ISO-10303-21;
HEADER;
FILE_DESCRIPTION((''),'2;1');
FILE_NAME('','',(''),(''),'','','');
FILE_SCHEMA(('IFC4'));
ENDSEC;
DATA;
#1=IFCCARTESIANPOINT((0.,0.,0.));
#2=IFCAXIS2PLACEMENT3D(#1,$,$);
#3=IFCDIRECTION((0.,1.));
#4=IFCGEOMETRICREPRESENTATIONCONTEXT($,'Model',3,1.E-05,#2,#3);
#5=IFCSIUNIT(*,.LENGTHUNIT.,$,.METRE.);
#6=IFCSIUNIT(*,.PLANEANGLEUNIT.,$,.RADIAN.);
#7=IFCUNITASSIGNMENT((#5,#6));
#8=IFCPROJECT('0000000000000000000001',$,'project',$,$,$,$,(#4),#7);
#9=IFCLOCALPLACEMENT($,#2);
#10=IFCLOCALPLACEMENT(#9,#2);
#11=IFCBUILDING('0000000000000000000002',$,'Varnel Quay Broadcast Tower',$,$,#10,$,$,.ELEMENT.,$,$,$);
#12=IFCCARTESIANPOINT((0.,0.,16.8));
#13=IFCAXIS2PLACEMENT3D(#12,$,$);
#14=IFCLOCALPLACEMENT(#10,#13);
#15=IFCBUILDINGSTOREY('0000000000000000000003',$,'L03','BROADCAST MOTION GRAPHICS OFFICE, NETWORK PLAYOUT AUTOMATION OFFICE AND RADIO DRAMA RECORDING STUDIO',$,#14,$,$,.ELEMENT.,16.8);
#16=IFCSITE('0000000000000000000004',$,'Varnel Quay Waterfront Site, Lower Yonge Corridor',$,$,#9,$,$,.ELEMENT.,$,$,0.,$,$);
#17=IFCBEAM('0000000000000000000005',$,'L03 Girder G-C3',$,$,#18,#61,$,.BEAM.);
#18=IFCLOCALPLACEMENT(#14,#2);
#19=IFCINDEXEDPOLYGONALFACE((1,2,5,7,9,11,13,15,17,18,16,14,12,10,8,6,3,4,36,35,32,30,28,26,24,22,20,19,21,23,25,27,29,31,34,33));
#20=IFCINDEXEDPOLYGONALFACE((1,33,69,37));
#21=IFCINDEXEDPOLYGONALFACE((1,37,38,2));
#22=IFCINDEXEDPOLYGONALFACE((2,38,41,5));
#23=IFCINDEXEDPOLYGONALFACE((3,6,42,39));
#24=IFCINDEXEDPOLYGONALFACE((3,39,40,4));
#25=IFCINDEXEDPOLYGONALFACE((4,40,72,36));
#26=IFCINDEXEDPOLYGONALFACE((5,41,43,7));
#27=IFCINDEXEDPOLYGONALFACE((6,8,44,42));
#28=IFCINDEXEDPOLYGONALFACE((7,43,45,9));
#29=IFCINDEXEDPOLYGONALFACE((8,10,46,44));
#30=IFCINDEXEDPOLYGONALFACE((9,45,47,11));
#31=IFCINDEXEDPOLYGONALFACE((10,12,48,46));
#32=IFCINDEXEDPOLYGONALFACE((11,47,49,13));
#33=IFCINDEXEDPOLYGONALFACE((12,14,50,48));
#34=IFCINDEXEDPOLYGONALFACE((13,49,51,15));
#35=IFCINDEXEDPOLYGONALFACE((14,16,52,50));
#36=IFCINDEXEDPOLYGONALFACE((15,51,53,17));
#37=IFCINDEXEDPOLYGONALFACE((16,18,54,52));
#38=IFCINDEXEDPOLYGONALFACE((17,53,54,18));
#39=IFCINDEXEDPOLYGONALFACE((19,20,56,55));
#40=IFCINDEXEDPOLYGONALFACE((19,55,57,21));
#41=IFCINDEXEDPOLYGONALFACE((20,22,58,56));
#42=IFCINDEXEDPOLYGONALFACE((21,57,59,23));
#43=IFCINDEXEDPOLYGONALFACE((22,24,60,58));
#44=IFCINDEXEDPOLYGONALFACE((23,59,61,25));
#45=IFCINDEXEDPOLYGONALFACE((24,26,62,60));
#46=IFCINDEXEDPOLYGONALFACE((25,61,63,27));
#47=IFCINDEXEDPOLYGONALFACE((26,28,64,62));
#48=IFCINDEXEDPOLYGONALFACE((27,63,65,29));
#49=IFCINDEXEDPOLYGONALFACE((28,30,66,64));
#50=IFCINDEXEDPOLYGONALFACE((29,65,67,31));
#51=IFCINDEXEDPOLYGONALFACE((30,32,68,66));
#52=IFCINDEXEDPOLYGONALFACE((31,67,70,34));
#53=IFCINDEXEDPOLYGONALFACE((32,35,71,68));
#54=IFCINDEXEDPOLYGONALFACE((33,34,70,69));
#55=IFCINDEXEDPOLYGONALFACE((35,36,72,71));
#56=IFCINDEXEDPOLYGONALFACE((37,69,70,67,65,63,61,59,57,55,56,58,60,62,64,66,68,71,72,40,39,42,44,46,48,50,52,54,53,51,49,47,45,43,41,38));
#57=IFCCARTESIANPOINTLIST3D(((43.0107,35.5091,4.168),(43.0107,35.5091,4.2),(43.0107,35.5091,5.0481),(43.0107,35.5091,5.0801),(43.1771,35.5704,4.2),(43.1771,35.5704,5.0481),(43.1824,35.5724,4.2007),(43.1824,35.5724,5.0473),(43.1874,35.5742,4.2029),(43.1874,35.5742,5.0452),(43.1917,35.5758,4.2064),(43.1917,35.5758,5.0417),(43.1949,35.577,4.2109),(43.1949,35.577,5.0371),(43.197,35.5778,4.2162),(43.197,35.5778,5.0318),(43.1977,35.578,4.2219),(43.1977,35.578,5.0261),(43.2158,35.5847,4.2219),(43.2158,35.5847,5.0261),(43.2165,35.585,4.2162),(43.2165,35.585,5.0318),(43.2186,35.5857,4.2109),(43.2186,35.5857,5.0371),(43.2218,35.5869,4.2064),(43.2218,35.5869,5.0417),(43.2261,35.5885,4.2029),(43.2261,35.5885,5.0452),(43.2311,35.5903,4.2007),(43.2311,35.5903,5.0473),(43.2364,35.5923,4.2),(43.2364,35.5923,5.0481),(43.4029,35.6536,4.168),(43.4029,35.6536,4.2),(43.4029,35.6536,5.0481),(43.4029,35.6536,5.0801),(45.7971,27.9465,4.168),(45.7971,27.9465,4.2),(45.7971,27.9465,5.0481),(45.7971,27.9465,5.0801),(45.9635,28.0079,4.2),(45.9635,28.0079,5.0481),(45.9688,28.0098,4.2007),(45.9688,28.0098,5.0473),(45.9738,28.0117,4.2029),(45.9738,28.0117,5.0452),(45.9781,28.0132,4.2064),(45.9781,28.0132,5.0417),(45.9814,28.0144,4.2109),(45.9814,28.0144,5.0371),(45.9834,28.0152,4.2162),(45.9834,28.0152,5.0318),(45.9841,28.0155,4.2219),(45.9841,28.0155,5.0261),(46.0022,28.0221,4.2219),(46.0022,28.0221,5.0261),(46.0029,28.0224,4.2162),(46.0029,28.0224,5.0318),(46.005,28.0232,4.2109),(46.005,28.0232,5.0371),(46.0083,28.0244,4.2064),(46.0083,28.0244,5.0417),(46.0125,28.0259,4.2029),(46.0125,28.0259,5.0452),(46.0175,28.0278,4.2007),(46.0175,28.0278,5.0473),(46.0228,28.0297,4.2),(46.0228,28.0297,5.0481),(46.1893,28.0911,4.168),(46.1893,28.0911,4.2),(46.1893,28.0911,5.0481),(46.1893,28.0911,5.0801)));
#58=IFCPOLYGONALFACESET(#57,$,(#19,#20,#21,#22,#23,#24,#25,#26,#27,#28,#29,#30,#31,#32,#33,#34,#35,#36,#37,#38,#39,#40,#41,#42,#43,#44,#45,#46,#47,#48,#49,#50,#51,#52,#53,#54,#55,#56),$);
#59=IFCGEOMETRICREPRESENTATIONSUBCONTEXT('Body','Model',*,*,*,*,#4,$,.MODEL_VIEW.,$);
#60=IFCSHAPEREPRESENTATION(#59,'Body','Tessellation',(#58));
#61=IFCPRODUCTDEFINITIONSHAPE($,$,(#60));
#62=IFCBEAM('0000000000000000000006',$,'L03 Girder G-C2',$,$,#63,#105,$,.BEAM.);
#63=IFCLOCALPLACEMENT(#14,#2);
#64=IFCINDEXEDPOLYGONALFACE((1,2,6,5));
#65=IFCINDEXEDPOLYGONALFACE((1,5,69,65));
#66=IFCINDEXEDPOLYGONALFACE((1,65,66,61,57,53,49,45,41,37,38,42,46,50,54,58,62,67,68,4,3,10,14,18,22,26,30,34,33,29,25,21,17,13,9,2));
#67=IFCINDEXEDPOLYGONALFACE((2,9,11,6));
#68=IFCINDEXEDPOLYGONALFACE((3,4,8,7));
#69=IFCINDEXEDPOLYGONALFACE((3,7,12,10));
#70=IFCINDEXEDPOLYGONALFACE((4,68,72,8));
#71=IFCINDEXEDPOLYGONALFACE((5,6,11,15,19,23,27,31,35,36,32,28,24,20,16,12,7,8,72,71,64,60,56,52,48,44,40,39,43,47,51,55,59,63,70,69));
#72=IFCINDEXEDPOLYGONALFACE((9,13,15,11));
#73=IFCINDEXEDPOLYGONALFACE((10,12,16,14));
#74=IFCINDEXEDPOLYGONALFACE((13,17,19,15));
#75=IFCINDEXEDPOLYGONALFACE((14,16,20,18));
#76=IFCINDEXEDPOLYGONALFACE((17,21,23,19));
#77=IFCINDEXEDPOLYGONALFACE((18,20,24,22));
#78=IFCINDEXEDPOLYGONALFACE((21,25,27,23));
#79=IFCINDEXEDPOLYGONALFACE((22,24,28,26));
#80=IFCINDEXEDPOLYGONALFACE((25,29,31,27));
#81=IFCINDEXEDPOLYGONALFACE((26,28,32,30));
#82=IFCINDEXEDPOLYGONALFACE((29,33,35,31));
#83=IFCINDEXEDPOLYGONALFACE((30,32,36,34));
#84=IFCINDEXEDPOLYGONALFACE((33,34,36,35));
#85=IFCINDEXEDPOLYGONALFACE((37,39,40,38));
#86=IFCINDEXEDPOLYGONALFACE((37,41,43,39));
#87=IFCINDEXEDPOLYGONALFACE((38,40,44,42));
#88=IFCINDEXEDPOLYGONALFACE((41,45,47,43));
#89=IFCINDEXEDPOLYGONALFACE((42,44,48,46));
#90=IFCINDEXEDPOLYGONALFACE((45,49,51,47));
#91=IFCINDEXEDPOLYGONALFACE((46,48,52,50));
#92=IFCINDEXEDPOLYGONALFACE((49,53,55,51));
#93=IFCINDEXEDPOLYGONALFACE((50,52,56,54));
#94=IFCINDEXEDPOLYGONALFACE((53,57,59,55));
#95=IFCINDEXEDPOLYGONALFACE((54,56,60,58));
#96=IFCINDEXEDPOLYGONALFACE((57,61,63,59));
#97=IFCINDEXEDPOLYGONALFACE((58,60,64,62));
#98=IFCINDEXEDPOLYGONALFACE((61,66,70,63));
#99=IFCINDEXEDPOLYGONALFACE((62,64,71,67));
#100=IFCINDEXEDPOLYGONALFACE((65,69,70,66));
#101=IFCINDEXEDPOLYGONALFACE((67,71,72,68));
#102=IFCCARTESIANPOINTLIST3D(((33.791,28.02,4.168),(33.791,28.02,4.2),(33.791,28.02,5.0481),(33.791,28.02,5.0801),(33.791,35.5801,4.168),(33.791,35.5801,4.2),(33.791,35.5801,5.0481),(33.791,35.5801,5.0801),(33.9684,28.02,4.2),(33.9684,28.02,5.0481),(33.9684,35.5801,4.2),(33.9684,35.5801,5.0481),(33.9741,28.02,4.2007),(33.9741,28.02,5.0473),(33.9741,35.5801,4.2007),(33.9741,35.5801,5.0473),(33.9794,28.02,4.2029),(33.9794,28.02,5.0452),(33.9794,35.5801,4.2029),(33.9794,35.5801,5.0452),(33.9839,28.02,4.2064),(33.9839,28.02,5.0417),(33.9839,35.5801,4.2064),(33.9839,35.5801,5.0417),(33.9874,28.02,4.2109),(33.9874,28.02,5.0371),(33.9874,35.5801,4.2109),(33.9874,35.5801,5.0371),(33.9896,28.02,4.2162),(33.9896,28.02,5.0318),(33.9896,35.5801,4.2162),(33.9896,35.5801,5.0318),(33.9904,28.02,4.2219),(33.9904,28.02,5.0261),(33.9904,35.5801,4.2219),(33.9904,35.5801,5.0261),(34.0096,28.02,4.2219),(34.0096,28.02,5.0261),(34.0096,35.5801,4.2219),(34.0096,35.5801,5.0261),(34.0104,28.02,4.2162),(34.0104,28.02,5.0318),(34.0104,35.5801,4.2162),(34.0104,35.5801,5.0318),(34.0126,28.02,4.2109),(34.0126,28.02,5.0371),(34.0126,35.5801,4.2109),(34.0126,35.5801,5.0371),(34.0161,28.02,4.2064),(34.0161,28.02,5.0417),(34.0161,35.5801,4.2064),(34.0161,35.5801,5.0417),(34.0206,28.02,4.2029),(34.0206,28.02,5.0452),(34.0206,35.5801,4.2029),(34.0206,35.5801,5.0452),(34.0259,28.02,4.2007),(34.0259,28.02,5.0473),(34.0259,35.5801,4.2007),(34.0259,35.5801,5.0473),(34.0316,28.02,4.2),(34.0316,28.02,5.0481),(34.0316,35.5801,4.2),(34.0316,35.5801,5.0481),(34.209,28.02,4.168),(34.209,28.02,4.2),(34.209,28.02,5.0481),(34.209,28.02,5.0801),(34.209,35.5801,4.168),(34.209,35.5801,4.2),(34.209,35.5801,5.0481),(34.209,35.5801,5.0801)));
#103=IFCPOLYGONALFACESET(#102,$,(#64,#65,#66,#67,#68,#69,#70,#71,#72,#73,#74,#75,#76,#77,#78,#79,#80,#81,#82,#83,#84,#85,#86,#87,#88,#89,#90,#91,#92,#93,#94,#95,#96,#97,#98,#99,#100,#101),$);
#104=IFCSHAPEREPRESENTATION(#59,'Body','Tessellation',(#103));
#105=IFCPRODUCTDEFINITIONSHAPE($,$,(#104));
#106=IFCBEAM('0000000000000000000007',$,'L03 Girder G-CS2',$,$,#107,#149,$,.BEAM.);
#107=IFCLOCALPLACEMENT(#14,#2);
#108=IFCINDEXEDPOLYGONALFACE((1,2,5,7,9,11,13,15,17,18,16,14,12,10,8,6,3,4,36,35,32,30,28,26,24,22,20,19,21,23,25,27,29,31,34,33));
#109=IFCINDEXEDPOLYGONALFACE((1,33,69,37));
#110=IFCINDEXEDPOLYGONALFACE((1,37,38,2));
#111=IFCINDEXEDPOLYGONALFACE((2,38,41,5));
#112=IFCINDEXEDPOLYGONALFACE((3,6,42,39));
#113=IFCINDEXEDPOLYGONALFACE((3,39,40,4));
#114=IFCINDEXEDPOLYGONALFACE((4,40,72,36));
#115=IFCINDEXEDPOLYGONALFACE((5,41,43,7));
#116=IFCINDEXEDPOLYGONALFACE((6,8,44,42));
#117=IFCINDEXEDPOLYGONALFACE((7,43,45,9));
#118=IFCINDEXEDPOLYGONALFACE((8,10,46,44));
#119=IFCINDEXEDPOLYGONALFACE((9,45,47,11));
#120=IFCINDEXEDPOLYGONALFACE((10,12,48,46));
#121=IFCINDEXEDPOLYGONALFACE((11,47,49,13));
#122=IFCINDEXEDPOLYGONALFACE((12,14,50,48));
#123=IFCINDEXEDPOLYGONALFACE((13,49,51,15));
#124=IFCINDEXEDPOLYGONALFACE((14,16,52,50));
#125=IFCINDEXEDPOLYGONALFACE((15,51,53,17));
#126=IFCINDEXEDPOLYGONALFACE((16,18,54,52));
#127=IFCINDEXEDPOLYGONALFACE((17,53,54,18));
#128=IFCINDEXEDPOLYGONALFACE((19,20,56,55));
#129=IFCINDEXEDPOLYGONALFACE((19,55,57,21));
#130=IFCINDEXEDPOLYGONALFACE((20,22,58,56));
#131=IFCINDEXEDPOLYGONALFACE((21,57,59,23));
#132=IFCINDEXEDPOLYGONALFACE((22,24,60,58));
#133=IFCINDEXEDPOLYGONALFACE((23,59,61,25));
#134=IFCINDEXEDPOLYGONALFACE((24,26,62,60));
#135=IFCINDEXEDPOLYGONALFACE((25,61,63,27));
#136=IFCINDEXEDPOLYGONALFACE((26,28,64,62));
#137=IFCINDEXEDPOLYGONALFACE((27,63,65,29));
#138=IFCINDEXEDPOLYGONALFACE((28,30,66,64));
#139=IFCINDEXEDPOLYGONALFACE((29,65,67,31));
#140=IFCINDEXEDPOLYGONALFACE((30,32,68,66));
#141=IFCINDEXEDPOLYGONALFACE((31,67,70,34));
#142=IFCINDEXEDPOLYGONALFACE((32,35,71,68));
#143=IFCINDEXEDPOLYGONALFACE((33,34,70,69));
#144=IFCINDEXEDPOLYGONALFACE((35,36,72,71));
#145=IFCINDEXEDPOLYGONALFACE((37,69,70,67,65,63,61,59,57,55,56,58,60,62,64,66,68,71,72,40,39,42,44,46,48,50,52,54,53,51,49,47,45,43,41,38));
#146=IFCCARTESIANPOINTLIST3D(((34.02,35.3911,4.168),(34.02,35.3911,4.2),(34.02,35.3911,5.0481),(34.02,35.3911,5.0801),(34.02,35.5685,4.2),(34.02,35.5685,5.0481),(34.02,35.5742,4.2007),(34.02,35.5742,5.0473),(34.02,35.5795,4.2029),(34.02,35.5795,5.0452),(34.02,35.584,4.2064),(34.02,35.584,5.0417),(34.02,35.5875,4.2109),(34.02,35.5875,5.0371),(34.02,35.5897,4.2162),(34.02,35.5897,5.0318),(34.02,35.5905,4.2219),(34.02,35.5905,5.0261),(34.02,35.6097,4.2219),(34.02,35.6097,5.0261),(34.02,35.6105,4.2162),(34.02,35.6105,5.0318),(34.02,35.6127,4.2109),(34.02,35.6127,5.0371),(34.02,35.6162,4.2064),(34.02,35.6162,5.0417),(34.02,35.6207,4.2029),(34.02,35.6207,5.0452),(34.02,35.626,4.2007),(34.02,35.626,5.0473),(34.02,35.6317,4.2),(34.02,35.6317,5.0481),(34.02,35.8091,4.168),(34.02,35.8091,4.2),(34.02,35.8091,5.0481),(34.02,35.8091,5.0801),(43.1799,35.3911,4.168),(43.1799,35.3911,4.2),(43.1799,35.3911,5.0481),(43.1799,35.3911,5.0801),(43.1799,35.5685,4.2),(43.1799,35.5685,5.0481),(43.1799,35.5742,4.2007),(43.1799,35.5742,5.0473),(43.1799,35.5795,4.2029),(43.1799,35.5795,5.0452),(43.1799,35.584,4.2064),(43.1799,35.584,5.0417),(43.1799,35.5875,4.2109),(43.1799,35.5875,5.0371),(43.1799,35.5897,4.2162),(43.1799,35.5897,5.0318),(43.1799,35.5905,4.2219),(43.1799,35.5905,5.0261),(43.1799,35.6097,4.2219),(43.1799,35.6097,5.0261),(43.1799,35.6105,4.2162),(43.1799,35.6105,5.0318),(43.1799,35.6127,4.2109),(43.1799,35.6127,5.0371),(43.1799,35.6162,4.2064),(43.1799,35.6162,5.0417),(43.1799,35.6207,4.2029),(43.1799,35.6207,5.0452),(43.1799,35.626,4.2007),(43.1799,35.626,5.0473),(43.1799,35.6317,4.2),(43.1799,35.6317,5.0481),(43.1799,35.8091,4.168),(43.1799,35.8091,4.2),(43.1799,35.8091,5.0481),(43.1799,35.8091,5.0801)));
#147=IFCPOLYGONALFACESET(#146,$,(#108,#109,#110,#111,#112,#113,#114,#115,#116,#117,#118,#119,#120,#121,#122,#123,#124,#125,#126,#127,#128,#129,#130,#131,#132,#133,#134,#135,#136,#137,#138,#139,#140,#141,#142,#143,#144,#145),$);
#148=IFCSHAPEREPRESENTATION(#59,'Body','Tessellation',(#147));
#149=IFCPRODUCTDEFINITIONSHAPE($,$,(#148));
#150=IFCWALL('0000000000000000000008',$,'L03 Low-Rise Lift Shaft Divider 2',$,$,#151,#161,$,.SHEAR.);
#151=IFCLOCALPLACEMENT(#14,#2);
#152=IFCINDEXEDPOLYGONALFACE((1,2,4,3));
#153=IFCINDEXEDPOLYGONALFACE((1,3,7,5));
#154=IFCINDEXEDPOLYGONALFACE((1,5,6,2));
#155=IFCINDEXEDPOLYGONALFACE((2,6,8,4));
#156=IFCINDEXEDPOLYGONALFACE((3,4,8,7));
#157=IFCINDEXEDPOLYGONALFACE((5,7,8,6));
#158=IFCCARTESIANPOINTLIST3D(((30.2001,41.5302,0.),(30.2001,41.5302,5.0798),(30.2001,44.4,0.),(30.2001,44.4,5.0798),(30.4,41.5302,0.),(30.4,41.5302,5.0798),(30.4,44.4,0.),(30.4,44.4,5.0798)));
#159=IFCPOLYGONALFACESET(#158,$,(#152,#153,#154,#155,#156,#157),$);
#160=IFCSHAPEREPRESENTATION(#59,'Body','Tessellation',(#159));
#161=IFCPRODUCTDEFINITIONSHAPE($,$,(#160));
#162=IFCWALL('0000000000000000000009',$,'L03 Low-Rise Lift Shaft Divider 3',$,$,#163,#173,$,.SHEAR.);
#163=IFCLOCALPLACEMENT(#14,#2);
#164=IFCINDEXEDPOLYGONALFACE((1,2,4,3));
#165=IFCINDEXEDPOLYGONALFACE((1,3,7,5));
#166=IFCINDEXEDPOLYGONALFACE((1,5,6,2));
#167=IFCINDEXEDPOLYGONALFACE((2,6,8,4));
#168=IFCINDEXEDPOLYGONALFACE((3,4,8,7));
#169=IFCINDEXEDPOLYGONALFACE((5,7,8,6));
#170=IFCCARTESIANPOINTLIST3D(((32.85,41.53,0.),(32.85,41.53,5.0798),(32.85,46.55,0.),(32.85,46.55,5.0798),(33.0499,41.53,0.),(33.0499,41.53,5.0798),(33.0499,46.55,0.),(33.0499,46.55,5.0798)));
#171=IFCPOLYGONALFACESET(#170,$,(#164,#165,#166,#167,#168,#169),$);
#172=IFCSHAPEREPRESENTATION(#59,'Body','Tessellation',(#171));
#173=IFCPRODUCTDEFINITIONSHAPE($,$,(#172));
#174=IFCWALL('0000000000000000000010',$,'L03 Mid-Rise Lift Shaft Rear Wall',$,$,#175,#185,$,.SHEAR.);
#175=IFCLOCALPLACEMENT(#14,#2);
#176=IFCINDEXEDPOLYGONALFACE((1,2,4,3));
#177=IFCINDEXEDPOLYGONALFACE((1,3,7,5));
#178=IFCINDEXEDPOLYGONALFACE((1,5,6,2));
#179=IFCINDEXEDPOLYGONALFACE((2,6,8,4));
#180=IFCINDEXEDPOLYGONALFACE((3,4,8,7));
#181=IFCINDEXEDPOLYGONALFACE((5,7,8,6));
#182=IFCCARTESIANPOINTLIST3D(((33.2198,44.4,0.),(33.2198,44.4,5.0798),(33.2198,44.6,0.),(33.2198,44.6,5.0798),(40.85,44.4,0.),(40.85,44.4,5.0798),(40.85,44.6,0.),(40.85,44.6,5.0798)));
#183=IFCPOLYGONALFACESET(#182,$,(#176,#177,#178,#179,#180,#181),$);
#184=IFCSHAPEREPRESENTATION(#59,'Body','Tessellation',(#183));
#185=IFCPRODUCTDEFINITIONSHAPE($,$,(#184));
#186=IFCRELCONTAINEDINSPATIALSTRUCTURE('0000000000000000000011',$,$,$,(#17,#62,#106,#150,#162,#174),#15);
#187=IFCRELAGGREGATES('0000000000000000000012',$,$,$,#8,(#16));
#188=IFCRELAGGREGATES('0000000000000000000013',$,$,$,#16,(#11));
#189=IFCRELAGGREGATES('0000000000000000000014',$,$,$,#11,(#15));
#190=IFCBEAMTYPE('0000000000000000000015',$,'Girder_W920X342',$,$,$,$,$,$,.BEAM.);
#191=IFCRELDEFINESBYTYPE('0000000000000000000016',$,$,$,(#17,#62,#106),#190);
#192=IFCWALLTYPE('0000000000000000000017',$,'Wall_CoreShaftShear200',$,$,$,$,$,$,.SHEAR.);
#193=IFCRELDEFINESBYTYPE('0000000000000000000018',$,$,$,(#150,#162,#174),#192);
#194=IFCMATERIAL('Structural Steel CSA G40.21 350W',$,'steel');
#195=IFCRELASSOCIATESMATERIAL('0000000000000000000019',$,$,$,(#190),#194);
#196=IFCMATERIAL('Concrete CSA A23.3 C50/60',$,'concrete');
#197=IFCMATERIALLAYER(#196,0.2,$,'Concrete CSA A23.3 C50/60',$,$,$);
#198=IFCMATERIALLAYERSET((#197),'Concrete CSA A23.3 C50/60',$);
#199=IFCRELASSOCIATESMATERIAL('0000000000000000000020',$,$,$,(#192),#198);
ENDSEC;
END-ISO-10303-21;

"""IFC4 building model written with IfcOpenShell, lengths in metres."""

from ifc_helpers import new_model, si_unit, direction, frame, frame_2d, origin, origin_2d, place, context, subcontext, project, spatial, rectangle, i_section, extrude, source, transform, mapped, material, layer, layer_set, material_profile, profile_set, type_object, element, save


model = new_model("IFC4")

# Units and contexts
model_context = context("Model", 3, precision=1e-05, world=origin(), true_north=direction((0.0, 1.0)))
body_context = subcontext(model_context, "Body", "Model", "MODEL_VIEW")
ifc_project = project(units=[si_unit("LENGTHUNIT", "METRE"), si_unit("PLANEANGLEUNIT", "RADIAN")], contexts=[model_context])

# Site, building, storey
site_placement = place(None, origin())
site = spatial("IfcSite", under=ifc_project, at=site_placement, Name="Varnel Quay Waterfront Site, Lower Yonge Corridor", CompositionType="ELEMENT", RefElevation=0.0)
building_placement = place(site_placement, origin())
building = spatial("IfcBuilding", under=site, at=building_placement, Name="Varnel Quay Broadcast Tower", CompositionType="ELEMENT")
storey_placement = place(building_placement, frame((0.0, 0.0, 16.8)))
storey = spatial("IfcBuildingStorey", under=building, at=storey_placement, Name="L03", Description="BROADCAST MOTION GRAPHICS OFFICE, NETWORK PLAYOUT AUTOMATION OFFICE AND RADIO DRAMA RECORDING STUDIO", CompositionType="ELEMENT", Elevation=16.8)

# Shared definitions
ifc_material_1 = material(Name="Structural Steel CSA G40.21 350W", Category="steel")

# Beams
ifc_material_profile_1 = material_profile(ifc_material_1, i_section(OverallWidth=0.418, OverallDepth=0.9121, WebThickness=0.0193, FlangeThickness=0.032, FilletRadius=0.022, at=origin_2d()), Name="W920X342")
ifc_profile_set_1 = profile_set([ifc_material_profile_1], Name="Structural Steel CSA G40.21 350W")
beam_type_1 = type_object("IfcBeamType", Name="Girder_W920X342", PredefinedType="BEAM", material=ifc_profile_set_1)
shared_shape_1 = source(origin(), body_context, "Body", "SweptSolid", [
    extrude(i_section(OverallWidth=0.418, OverallDepth=0.9121, WebThickness=0.0193, FlangeThickness=0.032, FilletRadius=0.022, at=origin_2d()), origin(), (0.0, 0.0, 1.0), 8.0596),
])
beam_1_placement = place(storey_placement, frame((45.9932, 28.0188, 4.624), z_axis=(-0.345726, 0.938335, 0.0), x_axis=(-0.938335, -0.345726, 0.0)))
element("IfcBeam", 1, at=beam_1_placement, inside=storey, type_object=beam_type_1, Name="L03 Girder G-C3", PredefinedType="BEAM", context=body_context, shape_type="MappedRepresentation", body=[
    mapped(shared_shape_1, transform((0.0, 0.0, 0.0), x_axis=(1.0, 0.0, 0.0), y_axis=(0.0, 1.0, 0.0), z_axis=(0.0, 0.0, 1.0), scale=1.0)),
])
shared_shape_2 = source(origin(), body_context, "Body", "SweptSolid", [
    extrude(i_section(OverallWidth=0.418, OverallDepth=0.9121, WebThickness=0.0193, FlangeThickness=0.032, FilletRadius=0.022, at=origin_2d()), origin(), (0.0, 0.0, 1.0), 7.5601),
])
beam_2_placement = place(storey_placement, frame((34.0, 28.02, 4.624), z_axis=(0.0, 1.0, 0.0), x_axis=(-1.0, 0.0, 0.0)))
element("IfcBeam", 2, at=beam_2_placement, inside=storey, type_object=beam_type_1, Name="L03 Girder G-C2", PredefinedType="BEAM", context=body_context, shape_type="MappedRepresentation", body=[
    mapped(shared_shape_2, transform((0.0, 0.0, 0.0), x_axis=(1.0, 0.0, 0.0), y_axis=(0.0, 1.0, 0.0), z_axis=(0.0, 0.0, 1.0), scale=1.0)),
])
shared_shape_3 = source(origin(), body_context, "Body", "SweptSolid", [
    extrude(i_section(OverallWidth=0.418, OverallDepth=0.9121, WebThickness=0.0193, FlangeThickness=0.032, FilletRadius=0.022, at=origin_2d()), origin(), (0.0, 0.0, 1.0), 9.1599),
])
beam_3_placement = place(storey_placement, frame((34.02, 35.6001, 4.624), z_axis=(1.0, 0.0, 0.0), x_axis=(0.0, 1.0, 0.0)))
element("IfcBeam", 3, at=beam_3_placement, inside=storey, type_object=beam_type_1, Name="L03 Girder G-CS2", PredefinedType="BEAM", context=body_context, shape_type="MappedRepresentation", body=[
    mapped(shared_shape_3, transform((0.0, 0.0, 0.0), x_axis=(1.0, 0.0, 0.0), y_axis=(0.0, 1.0, 0.0), z_axis=(0.0, 0.0, 1.0), scale=1.0)),
])

# Walls
ifc_material_2 = material(Name="Concrete CSA A23.3 C50/60", Category="concrete")
ifc_layer_1 = layer(ifc_material_2, 0.2, Name="Concrete CSA A23.3 C50/60")
ifc_layer_set_1 = layer_set([ifc_layer_1], Name="Concrete CSA A23.3 C50/60")
wall_type_1 = type_object("IfcWallType", Name="Wall_CoreShaftShear200", PredefinedType="SHEAR", material=ifc_layer_set_1)
wall_1_placement = place(storey_placement, frame((30.3, 41.53, 0.0), z_axis=(0.0, 0.0, 1.0), x_axis=(0.0, 1.0, 0.0)))
element("IfcWall", 4, at=wall_1_placement, inside=storey, type_object=wall_type_1, Name="L03 Low-Rise Lift Shaft Divider 2", PredefinedType="SHEAR", context=body_context, shape_type="SweptSolid", body=[
    extrude(rectangle(XDim=2.8699, YDim=0.2, at=frame_2d((1.4351, 0.0))), origin(), (0.0, 0.0, 1.0), 5.0798),
])
wall_2_placement = place(storey_placement, frame((32.95, 41.53, 0.0), z_axis=(0.0, 0.0, 1.0), x_axis=(0.0, 1.0, 0.0)))
element("IfcWall", 5, at=wall_2_placement, inside=storey, type_object=wall_type_1, Name="L03 Low-Rise Lift Shaft Divider 3", PredefinedType="SHEAR", context=body_context, shape_type="SweptSolid", body=[
    extrude(rectangle(XDim=5.02, YDim=0.2, at=frame_2d((2.51, 0.0))), origin(), (0.0, 0.0, 1.0), 5.0798),
])
wall_3_placement = place(storey_placement, frame((33.22, 44.5, 0.0), z_axis=(0.0, 0.0, 1.0), x_axis=(1.0, 0.0, 0.0)))
element("IfcWall", 6, at=wall_3_placement, inside=storey, type_object=wall_type_1, Name="L03 Mid-Rise Lift Shaft Rear Wall", PredefinedType="SHEAR", context=body_context, shape_type="SweptSolid", body=[
    extrude(rectangle(XDim=7.6301, YDim=0.2, at=frame_2d((3.8149, 0.0))), origin(), (0.0, 0.0, 1.0), 5.0798),
])

save(model, "model.ifc")
